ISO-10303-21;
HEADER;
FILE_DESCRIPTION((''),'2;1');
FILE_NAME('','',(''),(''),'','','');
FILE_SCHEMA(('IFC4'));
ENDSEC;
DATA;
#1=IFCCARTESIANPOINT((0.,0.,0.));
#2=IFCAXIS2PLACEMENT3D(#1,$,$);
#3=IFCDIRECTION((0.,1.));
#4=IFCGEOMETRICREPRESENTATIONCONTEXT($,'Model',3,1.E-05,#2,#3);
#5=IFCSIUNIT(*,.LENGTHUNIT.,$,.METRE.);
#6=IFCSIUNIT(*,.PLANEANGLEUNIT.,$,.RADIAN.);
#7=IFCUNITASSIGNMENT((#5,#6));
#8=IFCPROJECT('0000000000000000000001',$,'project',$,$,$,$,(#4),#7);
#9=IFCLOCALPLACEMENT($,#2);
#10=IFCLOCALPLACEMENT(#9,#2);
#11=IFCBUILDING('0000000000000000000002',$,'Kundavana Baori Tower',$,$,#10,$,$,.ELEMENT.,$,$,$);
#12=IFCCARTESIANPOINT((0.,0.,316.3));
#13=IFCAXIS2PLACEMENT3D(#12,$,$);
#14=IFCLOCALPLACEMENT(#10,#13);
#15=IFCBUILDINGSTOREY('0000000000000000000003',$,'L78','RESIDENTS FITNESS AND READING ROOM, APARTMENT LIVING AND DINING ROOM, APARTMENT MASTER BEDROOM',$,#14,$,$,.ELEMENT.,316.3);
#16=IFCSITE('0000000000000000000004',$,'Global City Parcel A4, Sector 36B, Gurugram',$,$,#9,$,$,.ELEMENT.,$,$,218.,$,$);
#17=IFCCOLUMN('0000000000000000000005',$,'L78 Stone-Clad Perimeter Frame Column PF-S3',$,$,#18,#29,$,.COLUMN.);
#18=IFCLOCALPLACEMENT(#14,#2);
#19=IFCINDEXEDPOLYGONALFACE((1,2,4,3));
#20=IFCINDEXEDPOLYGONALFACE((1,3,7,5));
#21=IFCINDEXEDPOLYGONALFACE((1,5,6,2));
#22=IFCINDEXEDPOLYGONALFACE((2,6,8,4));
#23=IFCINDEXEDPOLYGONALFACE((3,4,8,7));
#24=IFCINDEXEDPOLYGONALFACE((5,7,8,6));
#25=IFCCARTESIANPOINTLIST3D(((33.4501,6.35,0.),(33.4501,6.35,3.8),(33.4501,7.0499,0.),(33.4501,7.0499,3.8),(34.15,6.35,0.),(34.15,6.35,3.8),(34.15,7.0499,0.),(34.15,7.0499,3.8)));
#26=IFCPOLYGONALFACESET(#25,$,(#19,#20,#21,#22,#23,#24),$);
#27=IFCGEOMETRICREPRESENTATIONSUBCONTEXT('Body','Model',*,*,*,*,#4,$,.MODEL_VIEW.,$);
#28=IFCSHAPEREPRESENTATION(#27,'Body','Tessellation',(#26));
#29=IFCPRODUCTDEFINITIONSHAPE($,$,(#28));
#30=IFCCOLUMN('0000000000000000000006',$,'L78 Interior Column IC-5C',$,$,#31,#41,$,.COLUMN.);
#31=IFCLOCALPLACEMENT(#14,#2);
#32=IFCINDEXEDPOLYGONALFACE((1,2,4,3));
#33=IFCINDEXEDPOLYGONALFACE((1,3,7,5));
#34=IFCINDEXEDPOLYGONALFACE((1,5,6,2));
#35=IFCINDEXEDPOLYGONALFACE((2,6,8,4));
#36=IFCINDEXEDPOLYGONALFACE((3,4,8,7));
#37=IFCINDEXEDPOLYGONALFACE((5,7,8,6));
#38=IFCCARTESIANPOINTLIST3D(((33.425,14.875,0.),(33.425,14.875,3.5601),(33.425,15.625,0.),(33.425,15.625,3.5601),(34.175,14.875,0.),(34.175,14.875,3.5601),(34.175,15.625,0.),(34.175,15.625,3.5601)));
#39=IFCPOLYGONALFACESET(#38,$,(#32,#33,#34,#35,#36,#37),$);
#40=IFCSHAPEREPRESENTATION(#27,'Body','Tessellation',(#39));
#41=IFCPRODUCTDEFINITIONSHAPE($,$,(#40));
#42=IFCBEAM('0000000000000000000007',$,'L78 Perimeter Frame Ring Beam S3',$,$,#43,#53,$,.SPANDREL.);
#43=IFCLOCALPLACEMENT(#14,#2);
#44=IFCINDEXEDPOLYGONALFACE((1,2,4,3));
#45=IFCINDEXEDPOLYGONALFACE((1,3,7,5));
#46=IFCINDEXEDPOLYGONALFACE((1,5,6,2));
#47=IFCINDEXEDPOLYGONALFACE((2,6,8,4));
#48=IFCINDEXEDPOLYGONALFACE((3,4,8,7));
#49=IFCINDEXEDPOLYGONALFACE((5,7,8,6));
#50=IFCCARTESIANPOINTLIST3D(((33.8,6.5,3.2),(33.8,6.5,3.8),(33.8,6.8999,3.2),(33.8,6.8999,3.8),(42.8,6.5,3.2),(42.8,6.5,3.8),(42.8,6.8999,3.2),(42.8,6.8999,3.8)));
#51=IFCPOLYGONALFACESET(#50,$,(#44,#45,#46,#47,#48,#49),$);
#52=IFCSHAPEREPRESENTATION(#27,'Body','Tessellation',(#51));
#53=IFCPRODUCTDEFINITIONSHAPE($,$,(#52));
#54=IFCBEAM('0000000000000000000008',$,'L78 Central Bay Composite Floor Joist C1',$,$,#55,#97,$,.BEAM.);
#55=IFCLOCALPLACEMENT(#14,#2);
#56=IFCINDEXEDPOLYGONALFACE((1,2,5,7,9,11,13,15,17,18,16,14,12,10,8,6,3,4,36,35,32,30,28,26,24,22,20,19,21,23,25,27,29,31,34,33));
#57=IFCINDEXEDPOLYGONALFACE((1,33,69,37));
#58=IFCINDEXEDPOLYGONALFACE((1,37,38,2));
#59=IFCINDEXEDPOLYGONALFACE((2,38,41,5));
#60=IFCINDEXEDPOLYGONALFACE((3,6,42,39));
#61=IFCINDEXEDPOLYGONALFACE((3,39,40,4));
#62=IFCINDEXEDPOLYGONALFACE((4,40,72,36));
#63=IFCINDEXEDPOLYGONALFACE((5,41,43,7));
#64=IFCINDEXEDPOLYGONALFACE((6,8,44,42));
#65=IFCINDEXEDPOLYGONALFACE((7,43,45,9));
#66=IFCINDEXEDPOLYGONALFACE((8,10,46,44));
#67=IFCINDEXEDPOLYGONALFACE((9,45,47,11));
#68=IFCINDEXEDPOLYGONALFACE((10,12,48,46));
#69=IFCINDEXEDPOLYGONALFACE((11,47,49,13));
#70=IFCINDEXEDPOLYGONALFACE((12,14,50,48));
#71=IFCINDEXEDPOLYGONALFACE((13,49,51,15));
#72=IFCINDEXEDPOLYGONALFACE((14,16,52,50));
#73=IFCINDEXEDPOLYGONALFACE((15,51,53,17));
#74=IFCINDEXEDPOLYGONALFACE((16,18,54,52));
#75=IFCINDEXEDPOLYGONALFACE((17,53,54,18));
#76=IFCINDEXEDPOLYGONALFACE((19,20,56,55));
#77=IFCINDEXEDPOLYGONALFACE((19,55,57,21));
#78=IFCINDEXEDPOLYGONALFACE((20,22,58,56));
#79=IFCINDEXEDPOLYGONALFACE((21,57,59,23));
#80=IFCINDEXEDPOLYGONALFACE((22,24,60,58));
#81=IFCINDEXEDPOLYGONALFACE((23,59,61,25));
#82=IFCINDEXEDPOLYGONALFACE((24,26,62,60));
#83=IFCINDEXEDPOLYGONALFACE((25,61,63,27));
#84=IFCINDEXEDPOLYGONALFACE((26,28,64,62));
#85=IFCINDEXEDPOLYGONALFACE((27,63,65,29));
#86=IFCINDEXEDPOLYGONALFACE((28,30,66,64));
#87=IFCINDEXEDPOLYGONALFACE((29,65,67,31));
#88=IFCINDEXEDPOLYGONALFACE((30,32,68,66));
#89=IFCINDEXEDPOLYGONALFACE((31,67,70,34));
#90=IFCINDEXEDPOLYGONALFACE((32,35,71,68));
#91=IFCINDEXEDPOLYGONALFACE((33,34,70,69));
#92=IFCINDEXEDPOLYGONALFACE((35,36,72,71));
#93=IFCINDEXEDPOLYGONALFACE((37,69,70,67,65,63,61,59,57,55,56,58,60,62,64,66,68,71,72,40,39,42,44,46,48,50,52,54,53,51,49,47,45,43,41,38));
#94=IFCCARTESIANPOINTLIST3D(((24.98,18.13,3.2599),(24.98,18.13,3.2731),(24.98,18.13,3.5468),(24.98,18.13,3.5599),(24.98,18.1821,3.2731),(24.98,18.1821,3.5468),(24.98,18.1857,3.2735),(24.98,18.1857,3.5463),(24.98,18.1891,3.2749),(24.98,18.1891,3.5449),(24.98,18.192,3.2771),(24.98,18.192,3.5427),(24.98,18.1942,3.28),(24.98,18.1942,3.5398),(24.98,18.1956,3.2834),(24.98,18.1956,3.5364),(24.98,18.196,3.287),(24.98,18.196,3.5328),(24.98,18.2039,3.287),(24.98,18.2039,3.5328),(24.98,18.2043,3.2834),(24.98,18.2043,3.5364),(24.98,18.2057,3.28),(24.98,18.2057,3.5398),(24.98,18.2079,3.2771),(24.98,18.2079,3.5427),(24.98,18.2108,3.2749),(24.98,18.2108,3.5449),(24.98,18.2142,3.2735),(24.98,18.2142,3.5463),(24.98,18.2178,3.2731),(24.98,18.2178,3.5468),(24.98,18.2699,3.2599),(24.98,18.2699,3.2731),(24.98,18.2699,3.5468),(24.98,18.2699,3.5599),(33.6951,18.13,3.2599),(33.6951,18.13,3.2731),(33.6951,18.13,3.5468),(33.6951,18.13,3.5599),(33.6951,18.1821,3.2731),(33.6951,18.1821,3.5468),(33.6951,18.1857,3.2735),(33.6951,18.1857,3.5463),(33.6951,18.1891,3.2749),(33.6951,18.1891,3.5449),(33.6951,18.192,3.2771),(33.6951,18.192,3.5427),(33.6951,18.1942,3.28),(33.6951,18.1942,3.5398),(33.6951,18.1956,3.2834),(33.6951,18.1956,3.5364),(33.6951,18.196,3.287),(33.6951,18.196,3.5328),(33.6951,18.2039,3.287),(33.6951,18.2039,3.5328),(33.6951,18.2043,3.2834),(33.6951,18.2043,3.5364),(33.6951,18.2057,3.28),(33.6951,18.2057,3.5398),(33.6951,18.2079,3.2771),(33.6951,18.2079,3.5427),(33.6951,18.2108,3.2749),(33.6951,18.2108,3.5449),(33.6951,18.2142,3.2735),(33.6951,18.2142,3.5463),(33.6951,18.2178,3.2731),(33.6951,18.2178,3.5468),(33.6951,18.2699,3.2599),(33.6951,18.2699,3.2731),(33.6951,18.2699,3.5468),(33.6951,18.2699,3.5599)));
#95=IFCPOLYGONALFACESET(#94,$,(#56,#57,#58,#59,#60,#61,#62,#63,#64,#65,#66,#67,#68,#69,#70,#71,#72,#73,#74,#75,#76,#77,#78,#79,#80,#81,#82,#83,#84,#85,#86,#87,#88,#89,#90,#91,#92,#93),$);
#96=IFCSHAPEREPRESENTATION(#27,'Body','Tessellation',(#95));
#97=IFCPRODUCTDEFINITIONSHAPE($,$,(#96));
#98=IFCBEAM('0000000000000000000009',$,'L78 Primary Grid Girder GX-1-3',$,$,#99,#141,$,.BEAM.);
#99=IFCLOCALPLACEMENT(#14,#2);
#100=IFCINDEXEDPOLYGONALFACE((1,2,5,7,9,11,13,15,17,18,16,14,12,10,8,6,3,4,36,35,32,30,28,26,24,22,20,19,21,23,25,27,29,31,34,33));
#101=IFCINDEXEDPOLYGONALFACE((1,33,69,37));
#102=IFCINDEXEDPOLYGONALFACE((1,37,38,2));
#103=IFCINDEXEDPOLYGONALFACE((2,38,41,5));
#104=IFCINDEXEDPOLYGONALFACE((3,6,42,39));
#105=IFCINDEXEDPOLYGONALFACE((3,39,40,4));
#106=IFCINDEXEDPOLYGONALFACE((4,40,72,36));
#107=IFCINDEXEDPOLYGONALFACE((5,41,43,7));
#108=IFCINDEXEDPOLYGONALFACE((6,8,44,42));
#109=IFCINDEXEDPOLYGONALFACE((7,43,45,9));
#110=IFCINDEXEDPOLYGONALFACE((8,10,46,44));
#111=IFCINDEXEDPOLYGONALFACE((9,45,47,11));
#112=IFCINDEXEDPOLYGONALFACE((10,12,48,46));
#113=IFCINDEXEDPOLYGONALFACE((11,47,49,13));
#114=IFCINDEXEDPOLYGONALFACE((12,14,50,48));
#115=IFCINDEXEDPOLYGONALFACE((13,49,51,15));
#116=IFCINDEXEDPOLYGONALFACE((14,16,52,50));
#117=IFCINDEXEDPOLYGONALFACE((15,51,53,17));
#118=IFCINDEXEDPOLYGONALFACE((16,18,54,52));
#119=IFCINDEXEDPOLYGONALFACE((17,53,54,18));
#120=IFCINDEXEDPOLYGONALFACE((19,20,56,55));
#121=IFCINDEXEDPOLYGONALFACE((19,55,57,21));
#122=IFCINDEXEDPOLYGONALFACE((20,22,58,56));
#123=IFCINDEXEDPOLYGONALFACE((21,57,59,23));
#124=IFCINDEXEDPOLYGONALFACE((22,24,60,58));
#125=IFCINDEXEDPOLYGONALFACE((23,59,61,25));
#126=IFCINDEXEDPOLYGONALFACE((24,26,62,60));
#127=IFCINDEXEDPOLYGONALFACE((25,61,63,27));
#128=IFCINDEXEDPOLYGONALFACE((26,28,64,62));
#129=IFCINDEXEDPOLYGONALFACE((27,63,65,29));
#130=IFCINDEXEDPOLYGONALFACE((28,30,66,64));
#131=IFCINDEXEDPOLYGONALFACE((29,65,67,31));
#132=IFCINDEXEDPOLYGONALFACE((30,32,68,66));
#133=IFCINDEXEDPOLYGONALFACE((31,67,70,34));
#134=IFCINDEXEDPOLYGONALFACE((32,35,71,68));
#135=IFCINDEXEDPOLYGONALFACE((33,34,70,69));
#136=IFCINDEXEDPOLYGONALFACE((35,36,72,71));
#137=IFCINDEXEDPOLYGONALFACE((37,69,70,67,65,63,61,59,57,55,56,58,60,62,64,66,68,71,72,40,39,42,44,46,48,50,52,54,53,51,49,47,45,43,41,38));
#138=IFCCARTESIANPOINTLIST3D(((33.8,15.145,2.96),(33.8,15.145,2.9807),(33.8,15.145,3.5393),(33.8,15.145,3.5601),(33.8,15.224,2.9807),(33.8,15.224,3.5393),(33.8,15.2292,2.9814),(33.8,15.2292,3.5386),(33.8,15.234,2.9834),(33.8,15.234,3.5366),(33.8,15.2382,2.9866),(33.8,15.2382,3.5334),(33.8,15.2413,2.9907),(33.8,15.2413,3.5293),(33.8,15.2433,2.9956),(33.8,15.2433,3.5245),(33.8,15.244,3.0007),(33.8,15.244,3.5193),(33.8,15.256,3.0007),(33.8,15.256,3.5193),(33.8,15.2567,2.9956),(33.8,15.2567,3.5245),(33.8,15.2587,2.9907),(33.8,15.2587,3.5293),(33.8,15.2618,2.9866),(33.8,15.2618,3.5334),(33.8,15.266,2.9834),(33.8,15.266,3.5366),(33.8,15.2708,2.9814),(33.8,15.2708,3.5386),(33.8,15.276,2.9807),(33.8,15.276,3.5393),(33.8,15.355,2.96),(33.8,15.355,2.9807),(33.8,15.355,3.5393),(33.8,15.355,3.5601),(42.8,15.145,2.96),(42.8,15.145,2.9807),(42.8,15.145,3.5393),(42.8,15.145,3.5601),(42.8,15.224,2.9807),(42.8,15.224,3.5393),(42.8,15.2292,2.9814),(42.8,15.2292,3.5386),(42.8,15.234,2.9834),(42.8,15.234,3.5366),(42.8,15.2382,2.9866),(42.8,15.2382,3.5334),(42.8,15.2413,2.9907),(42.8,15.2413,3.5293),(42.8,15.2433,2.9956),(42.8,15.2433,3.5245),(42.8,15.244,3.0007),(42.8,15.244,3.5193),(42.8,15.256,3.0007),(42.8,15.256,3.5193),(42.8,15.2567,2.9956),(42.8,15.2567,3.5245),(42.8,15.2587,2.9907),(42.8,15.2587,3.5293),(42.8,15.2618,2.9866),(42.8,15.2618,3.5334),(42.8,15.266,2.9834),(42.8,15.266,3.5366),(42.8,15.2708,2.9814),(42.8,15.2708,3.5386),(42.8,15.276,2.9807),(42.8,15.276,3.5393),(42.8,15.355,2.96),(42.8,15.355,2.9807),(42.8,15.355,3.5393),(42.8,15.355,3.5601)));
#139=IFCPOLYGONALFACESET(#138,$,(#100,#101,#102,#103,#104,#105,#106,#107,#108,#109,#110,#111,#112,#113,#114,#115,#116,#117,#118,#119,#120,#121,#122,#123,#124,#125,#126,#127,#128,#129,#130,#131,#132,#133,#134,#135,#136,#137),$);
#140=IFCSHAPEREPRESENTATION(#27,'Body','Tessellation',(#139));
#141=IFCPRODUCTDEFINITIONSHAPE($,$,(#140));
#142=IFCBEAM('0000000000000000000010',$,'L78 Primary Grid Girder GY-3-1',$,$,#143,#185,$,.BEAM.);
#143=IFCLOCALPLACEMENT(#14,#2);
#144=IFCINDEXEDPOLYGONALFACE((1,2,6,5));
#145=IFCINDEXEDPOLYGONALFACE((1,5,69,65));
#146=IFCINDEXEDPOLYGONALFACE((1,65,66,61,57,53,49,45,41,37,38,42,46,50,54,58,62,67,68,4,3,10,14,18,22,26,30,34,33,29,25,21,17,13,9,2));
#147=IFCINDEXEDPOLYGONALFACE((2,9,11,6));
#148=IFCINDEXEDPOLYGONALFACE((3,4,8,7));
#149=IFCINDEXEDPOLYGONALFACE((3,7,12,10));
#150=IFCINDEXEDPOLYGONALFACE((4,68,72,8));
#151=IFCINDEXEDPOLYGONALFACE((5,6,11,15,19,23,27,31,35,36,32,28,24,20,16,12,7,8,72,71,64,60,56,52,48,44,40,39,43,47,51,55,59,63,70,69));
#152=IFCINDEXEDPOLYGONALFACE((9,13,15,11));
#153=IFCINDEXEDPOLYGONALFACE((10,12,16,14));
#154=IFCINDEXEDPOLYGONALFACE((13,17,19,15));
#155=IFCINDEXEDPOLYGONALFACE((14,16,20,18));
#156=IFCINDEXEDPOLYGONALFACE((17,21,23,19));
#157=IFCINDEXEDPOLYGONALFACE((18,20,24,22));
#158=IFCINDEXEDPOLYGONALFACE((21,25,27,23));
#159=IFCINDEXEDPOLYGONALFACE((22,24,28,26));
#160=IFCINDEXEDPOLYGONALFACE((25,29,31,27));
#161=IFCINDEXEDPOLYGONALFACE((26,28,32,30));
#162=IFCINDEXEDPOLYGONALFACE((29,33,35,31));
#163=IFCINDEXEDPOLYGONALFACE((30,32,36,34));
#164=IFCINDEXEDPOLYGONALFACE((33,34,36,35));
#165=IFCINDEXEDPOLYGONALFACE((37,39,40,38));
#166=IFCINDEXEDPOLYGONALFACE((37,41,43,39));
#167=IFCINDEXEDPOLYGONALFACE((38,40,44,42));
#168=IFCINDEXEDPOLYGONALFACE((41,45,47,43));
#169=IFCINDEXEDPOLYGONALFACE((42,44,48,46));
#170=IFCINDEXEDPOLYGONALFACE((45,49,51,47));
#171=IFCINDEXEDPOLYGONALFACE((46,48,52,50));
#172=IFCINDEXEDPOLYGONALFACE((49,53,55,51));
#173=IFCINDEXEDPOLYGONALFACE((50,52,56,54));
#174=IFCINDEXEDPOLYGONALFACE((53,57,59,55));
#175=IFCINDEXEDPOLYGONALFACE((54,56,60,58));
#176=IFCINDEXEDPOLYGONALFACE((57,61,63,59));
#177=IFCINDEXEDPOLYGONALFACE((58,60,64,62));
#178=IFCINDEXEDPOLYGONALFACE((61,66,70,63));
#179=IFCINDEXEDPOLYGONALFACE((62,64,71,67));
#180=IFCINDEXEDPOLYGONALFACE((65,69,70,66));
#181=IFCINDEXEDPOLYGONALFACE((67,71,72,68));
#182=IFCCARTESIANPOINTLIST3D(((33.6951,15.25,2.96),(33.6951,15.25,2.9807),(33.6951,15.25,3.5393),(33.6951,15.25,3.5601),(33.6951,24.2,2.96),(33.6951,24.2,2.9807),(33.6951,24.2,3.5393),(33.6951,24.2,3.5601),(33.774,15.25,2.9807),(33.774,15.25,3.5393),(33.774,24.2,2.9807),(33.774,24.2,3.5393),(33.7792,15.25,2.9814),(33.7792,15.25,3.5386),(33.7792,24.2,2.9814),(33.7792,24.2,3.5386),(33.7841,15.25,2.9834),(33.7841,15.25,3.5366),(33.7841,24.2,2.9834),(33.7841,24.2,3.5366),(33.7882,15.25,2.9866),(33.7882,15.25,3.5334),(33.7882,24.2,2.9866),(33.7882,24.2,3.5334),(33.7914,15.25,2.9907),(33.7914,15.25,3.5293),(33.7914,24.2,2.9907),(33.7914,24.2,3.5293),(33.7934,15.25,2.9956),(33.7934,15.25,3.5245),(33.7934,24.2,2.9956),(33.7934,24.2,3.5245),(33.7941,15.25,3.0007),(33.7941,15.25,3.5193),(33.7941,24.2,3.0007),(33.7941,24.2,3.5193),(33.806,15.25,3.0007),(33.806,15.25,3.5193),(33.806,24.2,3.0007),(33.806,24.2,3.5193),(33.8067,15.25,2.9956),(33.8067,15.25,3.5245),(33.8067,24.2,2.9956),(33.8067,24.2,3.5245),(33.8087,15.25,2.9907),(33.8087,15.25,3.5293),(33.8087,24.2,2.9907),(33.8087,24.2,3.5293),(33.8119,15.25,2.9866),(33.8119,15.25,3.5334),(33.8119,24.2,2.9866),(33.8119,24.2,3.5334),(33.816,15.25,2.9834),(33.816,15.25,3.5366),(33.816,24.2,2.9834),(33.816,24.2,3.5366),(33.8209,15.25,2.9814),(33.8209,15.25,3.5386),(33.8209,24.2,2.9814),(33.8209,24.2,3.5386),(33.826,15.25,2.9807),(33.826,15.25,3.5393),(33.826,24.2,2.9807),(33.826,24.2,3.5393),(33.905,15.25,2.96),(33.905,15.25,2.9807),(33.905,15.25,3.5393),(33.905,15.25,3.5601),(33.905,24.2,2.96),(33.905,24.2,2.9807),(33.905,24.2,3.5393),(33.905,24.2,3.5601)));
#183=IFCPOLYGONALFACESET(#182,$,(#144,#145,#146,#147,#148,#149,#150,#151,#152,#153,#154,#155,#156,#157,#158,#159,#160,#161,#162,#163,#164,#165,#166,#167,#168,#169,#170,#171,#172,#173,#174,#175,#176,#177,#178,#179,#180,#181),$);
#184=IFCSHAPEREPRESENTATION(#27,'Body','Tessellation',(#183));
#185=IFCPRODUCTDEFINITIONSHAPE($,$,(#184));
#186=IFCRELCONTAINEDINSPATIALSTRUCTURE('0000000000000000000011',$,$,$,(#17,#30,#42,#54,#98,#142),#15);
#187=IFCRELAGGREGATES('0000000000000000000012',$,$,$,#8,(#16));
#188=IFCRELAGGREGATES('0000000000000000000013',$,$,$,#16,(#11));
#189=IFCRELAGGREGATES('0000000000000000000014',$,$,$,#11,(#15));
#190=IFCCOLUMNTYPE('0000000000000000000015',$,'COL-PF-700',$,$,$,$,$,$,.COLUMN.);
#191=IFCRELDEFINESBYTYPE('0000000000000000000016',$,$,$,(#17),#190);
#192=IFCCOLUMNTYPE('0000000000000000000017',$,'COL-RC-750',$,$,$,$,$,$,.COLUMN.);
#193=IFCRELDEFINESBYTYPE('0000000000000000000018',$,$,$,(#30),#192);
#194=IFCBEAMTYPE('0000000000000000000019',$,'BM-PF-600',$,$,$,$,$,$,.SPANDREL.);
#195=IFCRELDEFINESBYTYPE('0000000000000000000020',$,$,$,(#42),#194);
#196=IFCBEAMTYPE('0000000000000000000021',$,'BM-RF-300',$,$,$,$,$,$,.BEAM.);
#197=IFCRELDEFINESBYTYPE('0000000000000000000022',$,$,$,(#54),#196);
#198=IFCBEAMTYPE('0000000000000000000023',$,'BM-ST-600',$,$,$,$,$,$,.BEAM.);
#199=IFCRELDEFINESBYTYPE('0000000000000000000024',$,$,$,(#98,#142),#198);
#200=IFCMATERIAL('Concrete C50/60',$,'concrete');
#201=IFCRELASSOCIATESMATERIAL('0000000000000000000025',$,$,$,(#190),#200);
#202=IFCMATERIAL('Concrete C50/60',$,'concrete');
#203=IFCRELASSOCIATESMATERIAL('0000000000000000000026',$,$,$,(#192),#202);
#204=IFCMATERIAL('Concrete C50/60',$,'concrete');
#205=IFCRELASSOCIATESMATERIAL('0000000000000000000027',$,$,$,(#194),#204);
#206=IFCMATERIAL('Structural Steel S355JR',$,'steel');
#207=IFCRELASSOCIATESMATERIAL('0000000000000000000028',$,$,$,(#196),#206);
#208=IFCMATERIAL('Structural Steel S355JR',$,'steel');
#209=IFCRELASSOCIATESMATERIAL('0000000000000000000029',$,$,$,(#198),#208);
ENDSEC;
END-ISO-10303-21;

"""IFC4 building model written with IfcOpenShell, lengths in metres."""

from ifc_helpers import new_model, si_unit, direction, frame, origin, origin_2d, place, context, subcontext, project, spatial, rectangle, i_section, extrude, material, material_profile, profile_set, type_object, element, save


model = new_model("IFC4")

# Units and contexts
model_context = context("Model", 3, precision=1e-05, world=origin(), true_north=direction((0.0, 1.0)))
body_context = subcontext(model_context, "Body", "Model", "MODEL_VIEW")
ifc_project = project(units=[si_unit("LENGTHUNIT", "METRE"), si_unit("PLANEANGLEUNIT", "RADIAN")], contexts=[model_context])

# Site, building, storey
site_placement = place(None, origin())
site = spatial("IfcSite", under=ifc_project, at=site_placement, Name="Global City Parcel A4, Sector 36B, Gurugram", CompositionType="ELEMENT", RefElevation=218.0)
building_placement = place(site_placement, origin())
building = spatial("IfcBuilding", under=site, at=building_placement, Name="Kundavana Baori Tower", CompositionType="ELEMENT")
storey_placement = place(building_placement, frame((0.0, 0.0, 316.3)))
storey = spatial("IfcBuildingStorey", under=building, at=storey_placement, Name="L78", Description="RESIDENTS FITNESS AND READING ROOM, APARTMENT LIVING AND DINING ROOM, APARTMENT MASTER BEDROOM", CompositionType="ELEMENT", Elevation=316.3)

# Columns
ifc_material_1 = material(Name="Concrete C50/60", Category="concrete")
ifc_material_profile_1 = material_profile(ifc_material_1, rectangle(XDim=0.7, YDim=0.7, at=origin_2d()), Name="RC PF 700x700")
ifc_profile_set_1 = profile_set([ifc_material_profile_1], Name="Concrete C50/60")
column_type_1 = type_object("IfcColumnType", Name="COL-PF-700", PredefinedType="COLUMN", material=ifc_profile_set_1)
column_1_placement = place(storey_placement, frame((33.8, 6.7, 0.0), z_axis=(0.0, 0.0, 1.0), x_axis=(1.0, 0.0, 0.0)))
element("IfcColumn", 1, at=column_1_placement, inside=storey, type_object=column_type_1, Name="L78 Stone-Clad Perimeter Frame Column PF-S3", PredefinedType="COLUMN", context=body_context, shape_type="SweptSolid", body=[
    extrude(rectangle(XDim=0.7, YDim=0.7, at=origin_2d()), origin(), (0.0, 0.0, 1.0), 3.8),
])
ifc_material_2 = material(Name="Concrete C50/60", Category="concrete")
ifc_material_profile_2 = material_profile(ifc_material_2, rectangle(XDim=0.75, YDim=0.75, at=origin_2d()), Name="RC 750x750")
ifc_profile_set_2 = profile_set([ifc_material_profile_2], Name="Concrete C50/60")
column_type_2 = type_object("IfcColumnType", Name="COL-RC-750", PredefinedType="COLUMN", material=ifc_profile_set_2)
column_2_placement = place(storey_placement, frame((33.8, 15.25, 0.0), z_axis=(0.0, 0.0, 1.0), x_axis=(1.0, 0.0, 0.0)))
element("IfcColumn", 2, at=column_2_placement, inside=storey, type_object=column_type_2, Name="L78 Interior Column IC-5C", PredefinedType="COLUMN", context=body_context, shape_type="SweptSolid", body=[
    extrude(rectangle(XDim=0.75, YDim=0.75, at=origin_2d()), origin(), (0.0, 0.0, 1.0), 3.5601),
])

# Beams
ifc_material_3 = material(Name="Concrete C50/60", Category="concrete")
ifc_material_profile_3 = material_profile(ifc_material_3, rectangle(XDim=0.3999, YDim=0.6001, at=origin_2d()), Name="RC BM 400x600")
ifc_profile_set_3 = profile_set([ifc_material_profile_3], Name="Concrete C50/60")
beam_type_1 = type_object("IfcBeamType", Name="BM-PF-600", PredefinedType="SPANDREL", material=ifc_profile_set_3)
beam_1_placement = place(storey_placement, frame((33.8, 6.7, 3.5), z_axis=(1.0, 0.0, 0.0), x_axis=(0.0, 1.0, 0.0)))
element("IfcBeam", 3, at=beam_1_placement, inside=storey, type_object=beam_type_1, Name="L78 Perimeter Frame Ring Beam S3", PredefinedType="SPANDREL", context=body_context, shape_type="SweptSolid", body=[
    extrude(rectangle(XDim=0.3999, YDim=0.6001, at=origin_2d()), origin(), (0.0, 0.0, 1.0), 9.0),
])
ifc_material_4 = material(Name="Structural Steel S355JR", Category="steel")
ifc_material_profile_4 = material_profile(ifc_material_4, i_section(OverallWidth=0.1399, OverallDepth=0.3, WebThickness=0.0078, FlangeThickness=0.0132, FilletRadius=0.0139, at=origin_2d()), Name="ISMB 300")
ifc_profile_set_4 = profile_set([ifc_material_profile_4], Name="Structural Steel S355JR")
beam_type_2 = type_object("IfcBeamType", Name="BM-RF-300", PredefinedType="BEAM", material=ifc_profile_set_4)
beam_2_placement = place(storey_placement, frame((24.98, 18.2, 3.4099), z_axis=(1.0, 0.0, 0.0), x_axis=(0.0, 1.0, 0.0)))
element("IfcBeam", 4, at=beam_2_placement, inside=storey, type_object=beam_type_2, Name="L78 Central Bay Composite Floor Joist C1", PredefinedType="BEAM", context=body_context, shape_type="SweptSolid", body=[
    extrude(i_section(OverallWidth=0.1399, OverallDepth=0.3, WebThickness=0.0078, FlangeThickness=0.0132, FilletRadius=0.0139, at=origin_2d()), origin(), (0.0, 0.0, 1.0), 8.7151),
])
ifc_material_5 = material(Name="Structural Steel S355JR", Category="steel")
ifc_material_profile_5 = material_profile(ifc_material_5, i_section(OverallWidth=0.21, OverallDepth=0.6001, WebThickness=0.012, FlangeThickness=0.0208, FilletRadius=0.02, at=origin_2d()), Name="ISMB 600")
ifc_profile_set_5 = profile_set([ifc_material_profile_5], Name="Structural Steel S355JR")
beam_type_3 = type_object("IfcBeamType", Name="BM-ST-600", PredefinedType="BEAM", material=ifc_profile_set_5)
beam_3_placement = place(storey_placement, frame((33.8, 15.25, 3.26), z_axis=(1.0, 0.0, 0.0), x_axis=(0.0, 1.0, 0.0)))
element("IfcBeam", 5, at=beam_3_placement, inside=storey, type_object=beam_type_3, Name="L78 Primary Grid Girder GX-1-3", PredefinedType="BEAM", context=body_context, shape_type="SweptSolid", body=[
    extrude(i_section(OverallWidth=0.21, OverallDepth=0.6001, WebThickness=0.012, FlangeThickness=0.0208, FilletRadius=0.02, at=origin_2d()), origin(), (0.0, 0.0, 1.0), 9.0),
])
beam_4_placement = place(storey_placement, frame((33.8, 15.25, 3.26), z_axis=(0.0, 1.0, 0.0), x_axis=(-1.0, 0.0, 0.0)))
element("IfcBeam", 6, at=beam_4_placement, inside=storey, type_object=beam_type_3, Name="L78 Primary Grid Girder GY-3-1", PredefinedType="BEAM", context=body_context, shape_type="SweptSolid", body=[
    extrude(i_section(OverallWidth=0.21, OverallDepth=0.6001, WebThickness=0.012, FlangeThickness=0.0208, FilletRadius=0.02, at=origin_2d()), origin(), (0.0, 0.0, 1.0), 8.95),
])

save(model, "model.ifc")
